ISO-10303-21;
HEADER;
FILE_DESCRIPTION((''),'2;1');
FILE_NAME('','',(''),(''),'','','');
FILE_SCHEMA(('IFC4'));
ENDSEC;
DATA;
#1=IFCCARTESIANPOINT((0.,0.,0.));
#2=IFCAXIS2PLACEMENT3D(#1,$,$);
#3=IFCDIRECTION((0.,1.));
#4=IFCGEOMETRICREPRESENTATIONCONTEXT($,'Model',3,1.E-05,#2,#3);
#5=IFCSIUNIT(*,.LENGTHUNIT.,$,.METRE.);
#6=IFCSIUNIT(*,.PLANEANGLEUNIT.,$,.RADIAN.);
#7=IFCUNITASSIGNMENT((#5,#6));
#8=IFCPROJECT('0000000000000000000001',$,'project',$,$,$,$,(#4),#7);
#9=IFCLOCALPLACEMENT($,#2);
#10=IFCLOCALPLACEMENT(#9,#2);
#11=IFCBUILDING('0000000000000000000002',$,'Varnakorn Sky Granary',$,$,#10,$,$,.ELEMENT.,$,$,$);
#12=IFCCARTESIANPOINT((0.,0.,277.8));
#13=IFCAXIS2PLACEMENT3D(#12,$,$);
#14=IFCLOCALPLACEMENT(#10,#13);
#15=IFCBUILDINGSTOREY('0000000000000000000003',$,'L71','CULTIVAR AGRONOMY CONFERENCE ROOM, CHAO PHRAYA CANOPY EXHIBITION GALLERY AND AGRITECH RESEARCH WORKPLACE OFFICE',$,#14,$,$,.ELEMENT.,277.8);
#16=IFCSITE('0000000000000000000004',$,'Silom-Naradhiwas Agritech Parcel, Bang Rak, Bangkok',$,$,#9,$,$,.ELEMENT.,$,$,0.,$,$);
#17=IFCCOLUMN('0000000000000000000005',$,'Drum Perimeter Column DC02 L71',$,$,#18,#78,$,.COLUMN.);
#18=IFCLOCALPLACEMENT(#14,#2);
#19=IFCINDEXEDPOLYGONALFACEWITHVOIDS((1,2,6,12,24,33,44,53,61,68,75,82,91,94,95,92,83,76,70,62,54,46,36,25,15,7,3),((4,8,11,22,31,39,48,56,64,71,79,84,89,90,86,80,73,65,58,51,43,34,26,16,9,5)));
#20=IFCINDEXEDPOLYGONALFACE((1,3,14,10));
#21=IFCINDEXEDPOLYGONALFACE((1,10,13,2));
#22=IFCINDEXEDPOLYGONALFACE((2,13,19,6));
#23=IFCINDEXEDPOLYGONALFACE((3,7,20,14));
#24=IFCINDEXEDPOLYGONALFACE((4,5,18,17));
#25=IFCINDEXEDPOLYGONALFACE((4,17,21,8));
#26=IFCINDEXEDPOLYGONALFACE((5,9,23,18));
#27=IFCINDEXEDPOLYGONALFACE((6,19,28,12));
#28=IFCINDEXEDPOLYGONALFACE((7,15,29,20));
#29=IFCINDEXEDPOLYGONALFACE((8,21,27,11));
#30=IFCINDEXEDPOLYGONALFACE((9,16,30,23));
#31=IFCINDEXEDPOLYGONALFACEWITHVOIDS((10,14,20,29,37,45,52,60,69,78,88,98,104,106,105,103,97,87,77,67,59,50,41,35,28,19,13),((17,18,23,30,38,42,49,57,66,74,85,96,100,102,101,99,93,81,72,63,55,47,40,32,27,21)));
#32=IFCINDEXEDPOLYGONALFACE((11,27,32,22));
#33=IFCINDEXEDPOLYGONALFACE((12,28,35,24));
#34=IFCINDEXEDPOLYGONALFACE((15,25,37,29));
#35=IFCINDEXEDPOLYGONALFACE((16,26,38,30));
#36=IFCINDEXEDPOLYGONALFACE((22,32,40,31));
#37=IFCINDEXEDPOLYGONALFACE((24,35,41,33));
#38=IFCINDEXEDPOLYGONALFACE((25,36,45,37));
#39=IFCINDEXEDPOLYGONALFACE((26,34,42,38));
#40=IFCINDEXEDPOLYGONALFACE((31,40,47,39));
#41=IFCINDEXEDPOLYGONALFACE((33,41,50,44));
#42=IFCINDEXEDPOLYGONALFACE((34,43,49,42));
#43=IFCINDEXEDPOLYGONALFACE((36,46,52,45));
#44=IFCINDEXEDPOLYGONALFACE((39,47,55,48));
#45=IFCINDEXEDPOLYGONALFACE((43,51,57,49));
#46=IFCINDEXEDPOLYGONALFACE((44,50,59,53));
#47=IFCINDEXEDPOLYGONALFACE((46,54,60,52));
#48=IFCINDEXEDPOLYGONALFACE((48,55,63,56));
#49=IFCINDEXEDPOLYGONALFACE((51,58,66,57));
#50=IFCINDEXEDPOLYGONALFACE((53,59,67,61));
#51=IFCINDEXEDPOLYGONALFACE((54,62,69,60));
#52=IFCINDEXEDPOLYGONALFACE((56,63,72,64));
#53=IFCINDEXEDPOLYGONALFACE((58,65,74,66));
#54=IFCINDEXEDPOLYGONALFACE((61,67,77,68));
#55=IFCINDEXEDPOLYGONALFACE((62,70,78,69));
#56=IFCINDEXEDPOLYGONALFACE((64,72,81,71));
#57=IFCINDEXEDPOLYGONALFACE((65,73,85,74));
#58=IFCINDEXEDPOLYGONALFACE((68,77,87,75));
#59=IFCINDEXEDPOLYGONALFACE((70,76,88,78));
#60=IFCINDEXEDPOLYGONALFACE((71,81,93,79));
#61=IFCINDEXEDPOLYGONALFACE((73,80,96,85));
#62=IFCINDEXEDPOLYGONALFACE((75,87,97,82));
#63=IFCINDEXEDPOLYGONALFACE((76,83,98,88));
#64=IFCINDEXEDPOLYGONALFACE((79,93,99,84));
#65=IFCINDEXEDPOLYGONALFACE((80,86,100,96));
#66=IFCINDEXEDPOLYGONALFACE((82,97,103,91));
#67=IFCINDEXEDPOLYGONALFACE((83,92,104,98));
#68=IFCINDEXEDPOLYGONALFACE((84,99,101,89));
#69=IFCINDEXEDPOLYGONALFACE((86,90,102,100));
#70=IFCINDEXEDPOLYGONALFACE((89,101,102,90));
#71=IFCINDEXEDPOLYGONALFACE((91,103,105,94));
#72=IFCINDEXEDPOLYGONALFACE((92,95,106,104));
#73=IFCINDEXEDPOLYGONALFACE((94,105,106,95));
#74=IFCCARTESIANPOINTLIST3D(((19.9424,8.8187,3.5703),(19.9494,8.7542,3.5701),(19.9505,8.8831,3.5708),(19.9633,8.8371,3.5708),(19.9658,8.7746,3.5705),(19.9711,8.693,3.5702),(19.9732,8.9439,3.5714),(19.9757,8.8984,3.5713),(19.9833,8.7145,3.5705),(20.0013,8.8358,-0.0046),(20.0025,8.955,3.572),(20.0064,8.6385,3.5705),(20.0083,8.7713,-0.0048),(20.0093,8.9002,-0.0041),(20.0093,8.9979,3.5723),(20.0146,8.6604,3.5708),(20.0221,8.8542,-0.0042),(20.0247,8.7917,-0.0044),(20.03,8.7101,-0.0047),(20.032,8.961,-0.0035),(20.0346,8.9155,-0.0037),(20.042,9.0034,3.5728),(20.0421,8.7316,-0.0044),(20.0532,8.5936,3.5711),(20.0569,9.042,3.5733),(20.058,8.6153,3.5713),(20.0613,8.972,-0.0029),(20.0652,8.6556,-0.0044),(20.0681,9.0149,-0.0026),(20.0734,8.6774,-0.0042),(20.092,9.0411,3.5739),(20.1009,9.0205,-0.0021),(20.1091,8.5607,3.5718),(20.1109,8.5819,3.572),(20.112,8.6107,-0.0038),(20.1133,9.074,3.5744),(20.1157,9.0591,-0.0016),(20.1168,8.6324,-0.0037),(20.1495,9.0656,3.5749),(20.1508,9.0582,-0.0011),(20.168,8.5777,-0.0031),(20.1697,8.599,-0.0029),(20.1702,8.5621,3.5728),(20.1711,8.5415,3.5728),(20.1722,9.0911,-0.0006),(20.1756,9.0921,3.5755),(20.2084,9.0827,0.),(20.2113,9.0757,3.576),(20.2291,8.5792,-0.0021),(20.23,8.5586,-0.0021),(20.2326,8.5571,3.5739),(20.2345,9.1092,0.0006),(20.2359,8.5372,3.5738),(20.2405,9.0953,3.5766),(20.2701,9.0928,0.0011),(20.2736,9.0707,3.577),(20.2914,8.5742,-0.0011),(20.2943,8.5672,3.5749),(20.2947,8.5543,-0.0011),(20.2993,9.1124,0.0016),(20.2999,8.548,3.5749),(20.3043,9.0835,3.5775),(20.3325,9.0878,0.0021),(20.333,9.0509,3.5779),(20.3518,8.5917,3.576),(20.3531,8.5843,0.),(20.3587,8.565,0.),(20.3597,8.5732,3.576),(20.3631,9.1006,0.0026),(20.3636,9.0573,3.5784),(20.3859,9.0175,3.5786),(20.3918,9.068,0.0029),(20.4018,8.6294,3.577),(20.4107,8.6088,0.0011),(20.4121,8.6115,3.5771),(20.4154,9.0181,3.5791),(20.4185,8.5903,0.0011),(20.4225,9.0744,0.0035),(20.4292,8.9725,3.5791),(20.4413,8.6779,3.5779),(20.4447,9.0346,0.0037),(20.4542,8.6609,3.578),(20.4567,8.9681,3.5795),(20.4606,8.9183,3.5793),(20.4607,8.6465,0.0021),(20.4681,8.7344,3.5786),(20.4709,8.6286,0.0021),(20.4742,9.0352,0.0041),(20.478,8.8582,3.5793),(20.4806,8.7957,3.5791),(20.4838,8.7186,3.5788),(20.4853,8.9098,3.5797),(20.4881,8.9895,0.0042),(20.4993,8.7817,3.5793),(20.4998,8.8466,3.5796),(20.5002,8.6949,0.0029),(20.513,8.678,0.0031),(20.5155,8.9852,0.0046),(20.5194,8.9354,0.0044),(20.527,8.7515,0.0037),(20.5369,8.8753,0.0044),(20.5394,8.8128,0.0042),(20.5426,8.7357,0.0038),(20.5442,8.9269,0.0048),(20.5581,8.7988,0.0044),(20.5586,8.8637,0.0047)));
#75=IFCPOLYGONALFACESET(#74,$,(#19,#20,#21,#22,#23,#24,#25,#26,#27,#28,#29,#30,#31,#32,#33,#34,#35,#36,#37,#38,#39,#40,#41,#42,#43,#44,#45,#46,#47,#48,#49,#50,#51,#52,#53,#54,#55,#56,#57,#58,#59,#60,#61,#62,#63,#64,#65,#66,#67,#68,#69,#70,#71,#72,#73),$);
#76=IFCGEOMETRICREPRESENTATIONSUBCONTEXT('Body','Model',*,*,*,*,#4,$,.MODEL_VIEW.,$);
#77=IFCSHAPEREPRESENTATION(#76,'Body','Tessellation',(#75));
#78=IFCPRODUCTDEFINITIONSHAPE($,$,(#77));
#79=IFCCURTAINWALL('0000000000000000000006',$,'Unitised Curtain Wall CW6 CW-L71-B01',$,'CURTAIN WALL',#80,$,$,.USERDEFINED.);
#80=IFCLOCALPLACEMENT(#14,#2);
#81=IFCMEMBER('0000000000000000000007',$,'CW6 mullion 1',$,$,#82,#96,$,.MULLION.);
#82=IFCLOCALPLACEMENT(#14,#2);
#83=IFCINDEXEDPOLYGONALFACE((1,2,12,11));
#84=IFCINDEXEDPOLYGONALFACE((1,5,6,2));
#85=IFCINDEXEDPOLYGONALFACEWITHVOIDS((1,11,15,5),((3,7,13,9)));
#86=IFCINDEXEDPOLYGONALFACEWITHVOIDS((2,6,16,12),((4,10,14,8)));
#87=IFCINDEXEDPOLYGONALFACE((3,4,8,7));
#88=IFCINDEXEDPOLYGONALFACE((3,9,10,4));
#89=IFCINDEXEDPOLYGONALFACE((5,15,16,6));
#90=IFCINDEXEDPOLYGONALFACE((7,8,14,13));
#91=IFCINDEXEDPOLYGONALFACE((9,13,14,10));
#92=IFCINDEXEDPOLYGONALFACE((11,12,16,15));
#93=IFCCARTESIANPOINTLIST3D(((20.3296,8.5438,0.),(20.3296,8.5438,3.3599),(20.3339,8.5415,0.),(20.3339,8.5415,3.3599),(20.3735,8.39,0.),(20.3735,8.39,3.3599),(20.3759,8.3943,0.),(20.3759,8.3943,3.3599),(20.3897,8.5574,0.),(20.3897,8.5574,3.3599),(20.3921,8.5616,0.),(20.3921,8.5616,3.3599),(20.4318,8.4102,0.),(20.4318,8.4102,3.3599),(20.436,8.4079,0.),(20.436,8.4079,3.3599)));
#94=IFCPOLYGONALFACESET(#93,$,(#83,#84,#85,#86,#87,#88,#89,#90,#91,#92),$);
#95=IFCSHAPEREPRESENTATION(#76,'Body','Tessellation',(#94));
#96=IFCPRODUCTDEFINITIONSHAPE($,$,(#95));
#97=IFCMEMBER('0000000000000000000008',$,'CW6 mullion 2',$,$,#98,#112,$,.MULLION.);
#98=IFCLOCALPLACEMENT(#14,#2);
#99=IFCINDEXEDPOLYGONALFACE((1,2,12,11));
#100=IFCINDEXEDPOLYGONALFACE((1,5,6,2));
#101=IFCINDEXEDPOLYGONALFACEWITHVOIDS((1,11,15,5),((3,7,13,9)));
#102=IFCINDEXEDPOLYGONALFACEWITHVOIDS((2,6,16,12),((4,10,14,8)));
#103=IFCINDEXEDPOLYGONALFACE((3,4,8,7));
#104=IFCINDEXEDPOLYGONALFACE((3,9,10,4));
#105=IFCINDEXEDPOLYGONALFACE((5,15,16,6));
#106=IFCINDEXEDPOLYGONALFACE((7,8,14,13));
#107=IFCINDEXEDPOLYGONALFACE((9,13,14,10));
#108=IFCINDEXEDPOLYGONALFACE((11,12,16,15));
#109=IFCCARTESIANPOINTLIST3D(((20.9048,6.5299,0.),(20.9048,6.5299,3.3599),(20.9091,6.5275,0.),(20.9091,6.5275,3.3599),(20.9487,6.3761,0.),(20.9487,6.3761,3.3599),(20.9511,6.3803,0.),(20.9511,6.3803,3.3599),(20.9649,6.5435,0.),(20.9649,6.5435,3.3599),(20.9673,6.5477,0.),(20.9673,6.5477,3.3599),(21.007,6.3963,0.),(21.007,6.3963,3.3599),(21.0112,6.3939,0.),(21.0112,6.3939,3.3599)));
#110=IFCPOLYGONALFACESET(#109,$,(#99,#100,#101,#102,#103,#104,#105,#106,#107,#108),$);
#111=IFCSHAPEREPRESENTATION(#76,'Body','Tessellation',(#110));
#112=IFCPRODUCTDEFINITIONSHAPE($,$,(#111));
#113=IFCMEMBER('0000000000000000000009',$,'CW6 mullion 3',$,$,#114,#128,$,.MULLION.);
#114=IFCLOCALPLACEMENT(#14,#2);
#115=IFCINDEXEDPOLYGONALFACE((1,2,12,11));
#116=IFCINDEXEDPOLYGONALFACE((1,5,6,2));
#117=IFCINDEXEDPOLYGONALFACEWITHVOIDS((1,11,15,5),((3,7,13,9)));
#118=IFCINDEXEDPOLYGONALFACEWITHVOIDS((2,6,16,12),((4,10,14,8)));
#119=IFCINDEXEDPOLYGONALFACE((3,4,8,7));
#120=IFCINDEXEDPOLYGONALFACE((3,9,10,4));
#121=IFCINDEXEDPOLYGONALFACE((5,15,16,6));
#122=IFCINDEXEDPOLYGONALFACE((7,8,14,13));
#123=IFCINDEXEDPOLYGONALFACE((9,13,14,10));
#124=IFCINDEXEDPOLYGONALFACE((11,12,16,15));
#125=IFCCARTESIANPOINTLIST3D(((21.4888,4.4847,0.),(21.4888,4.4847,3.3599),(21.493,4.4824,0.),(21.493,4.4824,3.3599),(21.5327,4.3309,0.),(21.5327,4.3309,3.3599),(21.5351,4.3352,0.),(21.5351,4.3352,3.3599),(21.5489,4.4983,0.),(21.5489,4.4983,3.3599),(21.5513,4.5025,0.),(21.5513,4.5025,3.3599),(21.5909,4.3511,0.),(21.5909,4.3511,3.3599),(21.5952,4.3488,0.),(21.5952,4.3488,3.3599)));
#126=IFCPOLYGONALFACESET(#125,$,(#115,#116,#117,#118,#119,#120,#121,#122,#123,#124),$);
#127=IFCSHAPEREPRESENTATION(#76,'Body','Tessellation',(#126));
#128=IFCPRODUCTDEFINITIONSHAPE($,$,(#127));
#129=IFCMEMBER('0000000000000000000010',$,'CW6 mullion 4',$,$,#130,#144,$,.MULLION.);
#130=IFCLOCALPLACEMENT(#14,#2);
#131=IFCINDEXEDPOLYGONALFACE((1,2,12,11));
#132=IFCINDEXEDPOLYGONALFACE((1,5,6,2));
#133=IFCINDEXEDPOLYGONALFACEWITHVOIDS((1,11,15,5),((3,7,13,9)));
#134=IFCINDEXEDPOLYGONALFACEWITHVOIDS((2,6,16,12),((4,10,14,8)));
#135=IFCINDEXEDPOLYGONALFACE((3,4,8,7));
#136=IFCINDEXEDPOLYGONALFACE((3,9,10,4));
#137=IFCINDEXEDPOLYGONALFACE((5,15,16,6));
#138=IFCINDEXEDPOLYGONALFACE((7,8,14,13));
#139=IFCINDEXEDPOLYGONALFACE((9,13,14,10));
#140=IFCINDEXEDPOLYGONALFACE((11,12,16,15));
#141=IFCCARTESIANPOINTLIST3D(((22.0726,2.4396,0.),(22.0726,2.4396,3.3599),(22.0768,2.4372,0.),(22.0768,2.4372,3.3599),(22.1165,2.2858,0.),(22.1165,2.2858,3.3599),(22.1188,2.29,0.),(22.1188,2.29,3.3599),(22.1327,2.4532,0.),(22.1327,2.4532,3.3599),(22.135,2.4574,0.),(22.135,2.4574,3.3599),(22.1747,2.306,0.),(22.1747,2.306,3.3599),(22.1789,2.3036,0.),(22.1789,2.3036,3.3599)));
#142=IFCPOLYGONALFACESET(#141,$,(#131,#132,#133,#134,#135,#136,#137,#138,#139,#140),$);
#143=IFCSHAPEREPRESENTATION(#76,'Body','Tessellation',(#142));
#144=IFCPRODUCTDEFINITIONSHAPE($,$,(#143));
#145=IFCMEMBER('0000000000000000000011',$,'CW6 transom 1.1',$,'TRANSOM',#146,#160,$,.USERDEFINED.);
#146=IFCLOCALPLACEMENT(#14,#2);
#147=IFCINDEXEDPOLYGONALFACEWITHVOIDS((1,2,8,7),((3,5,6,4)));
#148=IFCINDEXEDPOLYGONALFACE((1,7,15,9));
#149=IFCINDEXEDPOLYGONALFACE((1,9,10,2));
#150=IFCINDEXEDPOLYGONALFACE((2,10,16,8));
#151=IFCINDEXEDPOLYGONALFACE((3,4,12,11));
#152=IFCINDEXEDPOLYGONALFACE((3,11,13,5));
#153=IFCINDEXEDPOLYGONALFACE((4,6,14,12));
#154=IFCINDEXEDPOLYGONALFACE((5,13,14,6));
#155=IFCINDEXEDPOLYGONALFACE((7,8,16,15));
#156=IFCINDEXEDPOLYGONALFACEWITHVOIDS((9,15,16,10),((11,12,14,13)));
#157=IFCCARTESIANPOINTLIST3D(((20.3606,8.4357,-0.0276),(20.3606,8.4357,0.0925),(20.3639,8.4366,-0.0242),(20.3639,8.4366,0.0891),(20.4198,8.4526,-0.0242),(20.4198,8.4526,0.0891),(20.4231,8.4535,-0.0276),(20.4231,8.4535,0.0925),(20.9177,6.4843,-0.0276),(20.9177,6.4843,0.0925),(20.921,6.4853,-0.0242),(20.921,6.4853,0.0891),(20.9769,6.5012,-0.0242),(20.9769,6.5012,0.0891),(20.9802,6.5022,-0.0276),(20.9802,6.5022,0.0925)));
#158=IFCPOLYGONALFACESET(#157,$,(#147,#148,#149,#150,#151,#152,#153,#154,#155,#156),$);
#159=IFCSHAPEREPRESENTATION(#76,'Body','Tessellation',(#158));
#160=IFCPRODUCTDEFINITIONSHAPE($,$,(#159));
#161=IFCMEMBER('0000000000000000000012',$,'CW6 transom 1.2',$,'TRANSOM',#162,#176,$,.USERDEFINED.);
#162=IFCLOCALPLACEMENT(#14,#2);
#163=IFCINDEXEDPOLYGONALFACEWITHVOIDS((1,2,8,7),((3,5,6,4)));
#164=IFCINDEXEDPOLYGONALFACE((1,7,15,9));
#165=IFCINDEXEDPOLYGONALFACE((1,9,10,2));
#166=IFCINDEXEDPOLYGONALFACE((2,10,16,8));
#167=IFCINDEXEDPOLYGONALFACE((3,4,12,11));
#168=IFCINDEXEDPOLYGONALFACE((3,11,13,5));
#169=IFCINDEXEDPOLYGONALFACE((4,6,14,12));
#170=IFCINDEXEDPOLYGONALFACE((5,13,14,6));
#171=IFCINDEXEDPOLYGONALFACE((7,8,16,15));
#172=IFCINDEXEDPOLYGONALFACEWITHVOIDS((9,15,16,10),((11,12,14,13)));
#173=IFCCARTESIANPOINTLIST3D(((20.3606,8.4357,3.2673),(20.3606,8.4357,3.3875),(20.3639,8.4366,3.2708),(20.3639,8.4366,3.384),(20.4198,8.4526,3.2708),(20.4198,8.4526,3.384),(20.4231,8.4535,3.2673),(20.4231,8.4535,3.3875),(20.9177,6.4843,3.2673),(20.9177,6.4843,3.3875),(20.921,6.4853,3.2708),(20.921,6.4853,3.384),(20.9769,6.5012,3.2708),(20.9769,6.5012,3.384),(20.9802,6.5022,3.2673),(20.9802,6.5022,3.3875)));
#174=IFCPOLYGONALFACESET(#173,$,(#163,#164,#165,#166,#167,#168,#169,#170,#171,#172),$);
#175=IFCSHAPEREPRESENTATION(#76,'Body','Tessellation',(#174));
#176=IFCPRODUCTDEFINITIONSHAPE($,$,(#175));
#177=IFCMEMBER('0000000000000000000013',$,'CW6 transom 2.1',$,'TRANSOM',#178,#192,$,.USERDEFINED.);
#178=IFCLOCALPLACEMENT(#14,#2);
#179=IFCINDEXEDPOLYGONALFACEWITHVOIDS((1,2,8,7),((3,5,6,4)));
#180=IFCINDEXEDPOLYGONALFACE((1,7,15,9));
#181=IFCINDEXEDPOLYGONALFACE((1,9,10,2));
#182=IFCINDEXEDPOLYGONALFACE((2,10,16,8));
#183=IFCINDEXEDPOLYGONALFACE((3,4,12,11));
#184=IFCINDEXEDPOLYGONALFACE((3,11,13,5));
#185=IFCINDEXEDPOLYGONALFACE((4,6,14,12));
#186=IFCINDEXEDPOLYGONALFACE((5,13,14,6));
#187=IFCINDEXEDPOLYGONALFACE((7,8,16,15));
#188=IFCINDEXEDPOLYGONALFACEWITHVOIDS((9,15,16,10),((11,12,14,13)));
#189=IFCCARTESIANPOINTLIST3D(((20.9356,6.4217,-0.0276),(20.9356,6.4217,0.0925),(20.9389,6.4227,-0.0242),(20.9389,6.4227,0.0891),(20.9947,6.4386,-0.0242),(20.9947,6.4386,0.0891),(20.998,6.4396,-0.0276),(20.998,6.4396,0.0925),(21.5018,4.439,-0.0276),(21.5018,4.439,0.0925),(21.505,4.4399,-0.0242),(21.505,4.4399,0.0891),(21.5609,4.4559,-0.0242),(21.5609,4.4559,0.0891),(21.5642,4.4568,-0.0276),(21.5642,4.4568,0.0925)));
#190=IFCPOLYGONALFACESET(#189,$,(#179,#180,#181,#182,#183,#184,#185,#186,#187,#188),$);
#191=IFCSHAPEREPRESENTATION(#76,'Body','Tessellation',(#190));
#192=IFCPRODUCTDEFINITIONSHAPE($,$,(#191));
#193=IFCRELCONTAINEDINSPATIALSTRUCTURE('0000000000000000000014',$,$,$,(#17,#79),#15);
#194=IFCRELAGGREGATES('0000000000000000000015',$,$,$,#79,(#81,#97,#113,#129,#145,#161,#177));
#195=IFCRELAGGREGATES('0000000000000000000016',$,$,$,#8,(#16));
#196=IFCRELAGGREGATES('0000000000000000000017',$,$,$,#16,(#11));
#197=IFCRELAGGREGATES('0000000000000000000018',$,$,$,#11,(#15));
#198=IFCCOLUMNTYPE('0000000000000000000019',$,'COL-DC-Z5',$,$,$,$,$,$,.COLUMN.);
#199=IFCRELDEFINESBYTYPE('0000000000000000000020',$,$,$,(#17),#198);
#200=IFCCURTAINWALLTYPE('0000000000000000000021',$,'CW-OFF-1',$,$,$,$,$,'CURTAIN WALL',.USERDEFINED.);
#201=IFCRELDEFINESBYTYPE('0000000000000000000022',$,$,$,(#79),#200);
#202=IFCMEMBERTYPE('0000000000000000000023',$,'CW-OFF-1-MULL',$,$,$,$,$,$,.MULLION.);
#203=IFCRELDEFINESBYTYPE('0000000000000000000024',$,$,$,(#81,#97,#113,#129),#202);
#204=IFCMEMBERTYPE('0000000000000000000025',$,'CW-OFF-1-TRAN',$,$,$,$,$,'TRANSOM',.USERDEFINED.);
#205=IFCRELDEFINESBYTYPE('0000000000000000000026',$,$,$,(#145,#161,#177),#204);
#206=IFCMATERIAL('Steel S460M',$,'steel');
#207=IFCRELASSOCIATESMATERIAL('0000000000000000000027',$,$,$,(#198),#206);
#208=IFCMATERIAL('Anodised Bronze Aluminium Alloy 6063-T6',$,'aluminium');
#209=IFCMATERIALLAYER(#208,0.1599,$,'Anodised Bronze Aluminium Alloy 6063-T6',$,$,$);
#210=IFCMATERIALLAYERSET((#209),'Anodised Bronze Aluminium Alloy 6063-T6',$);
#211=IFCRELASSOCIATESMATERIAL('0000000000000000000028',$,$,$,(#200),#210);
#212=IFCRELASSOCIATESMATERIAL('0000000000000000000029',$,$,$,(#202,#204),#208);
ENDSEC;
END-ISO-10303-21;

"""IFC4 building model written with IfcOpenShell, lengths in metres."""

from ifc_helpers import new_model, si_unit, direction, frame, origin, origin_2d, place, context, subcontext, project, spatial, hollow_rectangle, hollow_circle, extrude, material, layer, layer_set, material_profile, profile_set, type_object, element, aggregate, save


model = new_model("IFC4")

# Units and contexts
model_context = context("Model", 3, precision=1e-05, world=origin(), true_north=direction((0.0, 1.0)))
body_context = subcontext(model_context, "Body", "Model", "MODEL_VIEW")
ifc_project = project(units=[si_unit("LENGTHUNIT", "METRE"), si_unit("PLANEANGLEUNIT", "RADIAN")], contexts=[model_context])

# Site, building, storey
site_placement = place(None, origin())
site = spatial("IfcSite", under=ifc_project, at=site_placement, Name="Silom-Naradhiwas Agritech Parcel, Bang Rak, Bangkok", CompositionType="ELEMENT", RefElevation=0.0)
building_placement = place(site_placement, origin())
building = spatial("IfcBuilding", under=site, at=building_placement, Name="Varnakorn Sky Granary", CompositionType="ELEMENT")
storey_placement = place(building_placement, frame((0.0, 0.0, 277.8)))
storey = spatial("IfcBuildingStorey", under=building, at=storey_placement, Name="L71", Description="CULTIVAR AGRONOMY CONFERENCE ROOM, CHAO PHRAYA CANOPY EXHIBITION GALLERY AND AGRITECH RESEARCH WORKPLACE OFFICE", CompositionType="ELEMENT", Elevation=277.8)

# Column
ifc_material_1 = material(Name="Steel S460M", Category="steel")
ifc_material_profile_1 = material_profile(ifc_material_1, hollow_circle(Radius=0.2795, WallThickness=0.02, at=origin_2d()), Name="CHS 559x20")
ifc_profile_set_1 = profile_set([ifc_material_profile_1], Name="Steel S460M")
column_type = type_object("IfcColumnType", Name="COL-DC-Z5", PredefinedType="COLUMN", material=ifc_profile_set_1)
column_placement = place(storey_placement, frame((20.2808, 8.8335, 0.0), z_axis=(-0.016456, -0.00478, 0.999853), x_axis=(0.278929, -0.960312, 0.0)))
element("IfcColumn", 1, at=column_placement, inside=storey, type_object=column_type, Name="Drum Perimeter Column DC02 L71", PredefinedType="COLUMN", context=body_context, shape_type="SweptSolid", body=[
    extrude(hollow_circle(Radius=0.2795, WallThickness=0.02, at=origin_2d()), origin(), (0.0, 0.0, 1.0), 3.5754),
])

# Curtain wall, members
ifc_material_2 = material(Name="Anodised Bronze Aluminium Alloy 6063-T6", Category="aluminium")
ifc_layer_1 = layer(ifc_material_2, 0.1599, Name="Anodised Bronze Aluminium Alloy 6063-T6")
ifc_layer_set_1 = layer_set([ifc_layer_1], Name="Anodised Bronze Aluminium Alloy 6063-T6")
curtain_wall_type = type_object("IfcCurtainWallType", Name="CW-OFF-1", ElementType="CURTAIN WALL", PredefinedType="USERDEFINED", material=ifc_layer_set_1)
curtain_wall_placement = place(storey_placement, origin())
curtain_wall = element("IfcCurtainWall", 2, at=curtain_wall_placement, inside=storey, type_object=curtain_wall_type, Name="Unitised Curtain Wall CW6 CW-L71-B01", ObjectType="CURTAIN WALL", PredefinedType="USERDEFINED")
ifc_material_profile_2 = material_profile(ifc_material_2, hollow_rectangle(XDim=0.0649, YDim=0.1599, WallThickness=0.0034, at=origin_2d()), Name="ALU MULL 65x160")
ifc_profile_set_2 = profile_set([ifc_material_profile_2], Name="Anodised Bronze Aluminium Alloy 6063-T6")
member_type_1 = type_object("IfcMemberType", Name="CW-OFF-1-MULL", PredefinedType="MULLION", material=ifc_profile_set_2)
member_1_placement = place(storey_placement, frame((20.3828, 8.4758, 0.0), z_axis=(0.0, 0.0, 1.0), x_axis=(0.96157, 0.27456, 0.0)))
member_1 = element("IfcMember", 3, at=member_1_placement, type_object=member_type_1, Name="CW6 mullion 1", PredefinedType="MULLION", context=body_context, shape_type="SweptSolid", body=[
    extrude(hollow_rectangle(XDim=0.0649, YDim=0.1599, WallThickness=0.0034, at=origin_2d()), origin(), (0.0, 0.0, 1.0), 3.3599),
])
member_2_placement = place(storey_placement, frame((20.958, 6.4619, 0.0), z_axis=(0.0, 0.0, 1.0), x_axis=(0.96157, 0.27456, 0.0)))
member_2 = element("IfcMember", 4, at=member_2_placement, type_object=member_type_1, Name="CW6 mullion 2", PredefinedType="MULLION", context=body_context, shape_type="SweptSolid", body=[
    extrude(hollow_rectangle(XDim=0.0649, YDim=0.1599, WallThickness=0.0034, at=origin_2d()), origin(), (0.0, 0.0, 1.0), 3.3599),
])
member_3_placement = place(storey_placement, frame((21.542, 4.4167, 0.0), z_axis=(0.0, 0.0, 1.0), x_axis=(0.96157, 0.27456, 0.0)))
member_3 = element("IfcMember", 5, at=member_3_placement, type_object=member_type_1, Name="CW6 mullion 3", PredefinedType="MULLION", context=body_context, shape_type="SweptSolid", body=[
    extrude(hollow_rectangle(XDim=0.0649, YDim=0.1599, WallThickness=0.0034, at=origin_2d()), origin(), (0.0, 0.0, 1.0), 3.3599),
])
member_4_placement = place(storey_placement, frame((22.1257, 2.3716, 0.0), z_axis=(0.0, 0.0, 1.0), x_axis=(0.96157, 0.27456, 0.0)))
member_4 = element("IfcMember", 6, at=member_4_placement, type_object=member_type_1, Name="CW6 mullion 4", PredefinedType="MULLION", context=body_context, shape_type="SweptSolid", body=[
    extrude(hollow_rectangle(XDim=0.0649, YDim=0.1599, WallThickness=0.0034, at=origin_2d()), origin(), (0.0, 0.0, 1.0), 3.3599),
])
ifc_material_profile_3 = material_profile(ifc_material_2, hollow_rectangle(XDim=0.0649, YDim=0.1201, WallThickness=0.0034, at=origin_2d()), Name="ALU TRAN 65x120")
ifc_profile_set_3 = profile_set([ifc_material_profile_3], Name="Anodised Bronze Aluminium Alloy 6063-T6")
member_type_2 = type_object("IfcMemberType", Name="CW-OFF-1-TRAN", ElementType="TRANSOM", PredefinedType="USERDEFINED", material=ifc_profile_set_3)
member_5_placement = place(storey_placement, frame((20.3918, 8.4446, 0.0325), z_axis=(0.27453, -0.961578, 0.0), x_axis=(0.961578, 0.27453, 0.0)))
member_5 = element("IfcMember", 7, at=member_5_placement, type_object=member_type_2, Name="CW6 transom 1.1", ObjectType="TRANSOM", PredefinedType="USERDEFINED", context=body_context, shape_type="SweptSolid", body=[
    extrude(hollow_rectangle(XDim=0.0649, YDim=0.1201, WallThickness=0.0034, at=origin_2d()), origin(), (0.0, 0.0, 1.0), 2.0293),
])
member_6_placement = place(storey_placement, frame((20.3918, 8.4446, 3.3274), z_axis=(0.27453, -0.961578, 0.0), x_axis=(0.961578, 0.27453, 0.0)))
member_6 = element("IfcMember", 8, at=member_6_placement, type_object=member_type_2, Name="CW6 transom 1.2", ObjectType="TRANSOM", PredefinedType="USERDEFINED", context=body_context, shape_type="SweptSolid", body=[
    extrude(hollow_rectangle(XDim=0.0649, YDim=0.1201, WallThickness=0.0034, at=origin_2d()), origin(), (0.0, 0.0, 1.0), 2.0293),
])
member_7_placement = place(storey_placement, frame((20.9668, 6.4307, 0.0325), z_axis=(0.27458, -0.961564, 0.0), x_axis=(0.961564, 0.27458, 0.0)))
member_7 = element("IfcMember", 9, at=member_7_placement, type_object=member_type_2, Name="CW6 transom 2.1", ObjectType="TRANSOM", PredefinedType="USERDEFINED", context=body_context, shape_type="SweptSolid", body=[
    extrude(hollow_rectangle(XDim=0.0649, YDim=0.1201, WallThickness=0.0034, at=origin_2d()), origin(), (0.0, 0.0, 1.0), 2.062),
])

aggregate(curtain_wall, [member_1, member_2, member_3, member_4, member_5, member_6, member_7])

save(model, "model.ifc")
